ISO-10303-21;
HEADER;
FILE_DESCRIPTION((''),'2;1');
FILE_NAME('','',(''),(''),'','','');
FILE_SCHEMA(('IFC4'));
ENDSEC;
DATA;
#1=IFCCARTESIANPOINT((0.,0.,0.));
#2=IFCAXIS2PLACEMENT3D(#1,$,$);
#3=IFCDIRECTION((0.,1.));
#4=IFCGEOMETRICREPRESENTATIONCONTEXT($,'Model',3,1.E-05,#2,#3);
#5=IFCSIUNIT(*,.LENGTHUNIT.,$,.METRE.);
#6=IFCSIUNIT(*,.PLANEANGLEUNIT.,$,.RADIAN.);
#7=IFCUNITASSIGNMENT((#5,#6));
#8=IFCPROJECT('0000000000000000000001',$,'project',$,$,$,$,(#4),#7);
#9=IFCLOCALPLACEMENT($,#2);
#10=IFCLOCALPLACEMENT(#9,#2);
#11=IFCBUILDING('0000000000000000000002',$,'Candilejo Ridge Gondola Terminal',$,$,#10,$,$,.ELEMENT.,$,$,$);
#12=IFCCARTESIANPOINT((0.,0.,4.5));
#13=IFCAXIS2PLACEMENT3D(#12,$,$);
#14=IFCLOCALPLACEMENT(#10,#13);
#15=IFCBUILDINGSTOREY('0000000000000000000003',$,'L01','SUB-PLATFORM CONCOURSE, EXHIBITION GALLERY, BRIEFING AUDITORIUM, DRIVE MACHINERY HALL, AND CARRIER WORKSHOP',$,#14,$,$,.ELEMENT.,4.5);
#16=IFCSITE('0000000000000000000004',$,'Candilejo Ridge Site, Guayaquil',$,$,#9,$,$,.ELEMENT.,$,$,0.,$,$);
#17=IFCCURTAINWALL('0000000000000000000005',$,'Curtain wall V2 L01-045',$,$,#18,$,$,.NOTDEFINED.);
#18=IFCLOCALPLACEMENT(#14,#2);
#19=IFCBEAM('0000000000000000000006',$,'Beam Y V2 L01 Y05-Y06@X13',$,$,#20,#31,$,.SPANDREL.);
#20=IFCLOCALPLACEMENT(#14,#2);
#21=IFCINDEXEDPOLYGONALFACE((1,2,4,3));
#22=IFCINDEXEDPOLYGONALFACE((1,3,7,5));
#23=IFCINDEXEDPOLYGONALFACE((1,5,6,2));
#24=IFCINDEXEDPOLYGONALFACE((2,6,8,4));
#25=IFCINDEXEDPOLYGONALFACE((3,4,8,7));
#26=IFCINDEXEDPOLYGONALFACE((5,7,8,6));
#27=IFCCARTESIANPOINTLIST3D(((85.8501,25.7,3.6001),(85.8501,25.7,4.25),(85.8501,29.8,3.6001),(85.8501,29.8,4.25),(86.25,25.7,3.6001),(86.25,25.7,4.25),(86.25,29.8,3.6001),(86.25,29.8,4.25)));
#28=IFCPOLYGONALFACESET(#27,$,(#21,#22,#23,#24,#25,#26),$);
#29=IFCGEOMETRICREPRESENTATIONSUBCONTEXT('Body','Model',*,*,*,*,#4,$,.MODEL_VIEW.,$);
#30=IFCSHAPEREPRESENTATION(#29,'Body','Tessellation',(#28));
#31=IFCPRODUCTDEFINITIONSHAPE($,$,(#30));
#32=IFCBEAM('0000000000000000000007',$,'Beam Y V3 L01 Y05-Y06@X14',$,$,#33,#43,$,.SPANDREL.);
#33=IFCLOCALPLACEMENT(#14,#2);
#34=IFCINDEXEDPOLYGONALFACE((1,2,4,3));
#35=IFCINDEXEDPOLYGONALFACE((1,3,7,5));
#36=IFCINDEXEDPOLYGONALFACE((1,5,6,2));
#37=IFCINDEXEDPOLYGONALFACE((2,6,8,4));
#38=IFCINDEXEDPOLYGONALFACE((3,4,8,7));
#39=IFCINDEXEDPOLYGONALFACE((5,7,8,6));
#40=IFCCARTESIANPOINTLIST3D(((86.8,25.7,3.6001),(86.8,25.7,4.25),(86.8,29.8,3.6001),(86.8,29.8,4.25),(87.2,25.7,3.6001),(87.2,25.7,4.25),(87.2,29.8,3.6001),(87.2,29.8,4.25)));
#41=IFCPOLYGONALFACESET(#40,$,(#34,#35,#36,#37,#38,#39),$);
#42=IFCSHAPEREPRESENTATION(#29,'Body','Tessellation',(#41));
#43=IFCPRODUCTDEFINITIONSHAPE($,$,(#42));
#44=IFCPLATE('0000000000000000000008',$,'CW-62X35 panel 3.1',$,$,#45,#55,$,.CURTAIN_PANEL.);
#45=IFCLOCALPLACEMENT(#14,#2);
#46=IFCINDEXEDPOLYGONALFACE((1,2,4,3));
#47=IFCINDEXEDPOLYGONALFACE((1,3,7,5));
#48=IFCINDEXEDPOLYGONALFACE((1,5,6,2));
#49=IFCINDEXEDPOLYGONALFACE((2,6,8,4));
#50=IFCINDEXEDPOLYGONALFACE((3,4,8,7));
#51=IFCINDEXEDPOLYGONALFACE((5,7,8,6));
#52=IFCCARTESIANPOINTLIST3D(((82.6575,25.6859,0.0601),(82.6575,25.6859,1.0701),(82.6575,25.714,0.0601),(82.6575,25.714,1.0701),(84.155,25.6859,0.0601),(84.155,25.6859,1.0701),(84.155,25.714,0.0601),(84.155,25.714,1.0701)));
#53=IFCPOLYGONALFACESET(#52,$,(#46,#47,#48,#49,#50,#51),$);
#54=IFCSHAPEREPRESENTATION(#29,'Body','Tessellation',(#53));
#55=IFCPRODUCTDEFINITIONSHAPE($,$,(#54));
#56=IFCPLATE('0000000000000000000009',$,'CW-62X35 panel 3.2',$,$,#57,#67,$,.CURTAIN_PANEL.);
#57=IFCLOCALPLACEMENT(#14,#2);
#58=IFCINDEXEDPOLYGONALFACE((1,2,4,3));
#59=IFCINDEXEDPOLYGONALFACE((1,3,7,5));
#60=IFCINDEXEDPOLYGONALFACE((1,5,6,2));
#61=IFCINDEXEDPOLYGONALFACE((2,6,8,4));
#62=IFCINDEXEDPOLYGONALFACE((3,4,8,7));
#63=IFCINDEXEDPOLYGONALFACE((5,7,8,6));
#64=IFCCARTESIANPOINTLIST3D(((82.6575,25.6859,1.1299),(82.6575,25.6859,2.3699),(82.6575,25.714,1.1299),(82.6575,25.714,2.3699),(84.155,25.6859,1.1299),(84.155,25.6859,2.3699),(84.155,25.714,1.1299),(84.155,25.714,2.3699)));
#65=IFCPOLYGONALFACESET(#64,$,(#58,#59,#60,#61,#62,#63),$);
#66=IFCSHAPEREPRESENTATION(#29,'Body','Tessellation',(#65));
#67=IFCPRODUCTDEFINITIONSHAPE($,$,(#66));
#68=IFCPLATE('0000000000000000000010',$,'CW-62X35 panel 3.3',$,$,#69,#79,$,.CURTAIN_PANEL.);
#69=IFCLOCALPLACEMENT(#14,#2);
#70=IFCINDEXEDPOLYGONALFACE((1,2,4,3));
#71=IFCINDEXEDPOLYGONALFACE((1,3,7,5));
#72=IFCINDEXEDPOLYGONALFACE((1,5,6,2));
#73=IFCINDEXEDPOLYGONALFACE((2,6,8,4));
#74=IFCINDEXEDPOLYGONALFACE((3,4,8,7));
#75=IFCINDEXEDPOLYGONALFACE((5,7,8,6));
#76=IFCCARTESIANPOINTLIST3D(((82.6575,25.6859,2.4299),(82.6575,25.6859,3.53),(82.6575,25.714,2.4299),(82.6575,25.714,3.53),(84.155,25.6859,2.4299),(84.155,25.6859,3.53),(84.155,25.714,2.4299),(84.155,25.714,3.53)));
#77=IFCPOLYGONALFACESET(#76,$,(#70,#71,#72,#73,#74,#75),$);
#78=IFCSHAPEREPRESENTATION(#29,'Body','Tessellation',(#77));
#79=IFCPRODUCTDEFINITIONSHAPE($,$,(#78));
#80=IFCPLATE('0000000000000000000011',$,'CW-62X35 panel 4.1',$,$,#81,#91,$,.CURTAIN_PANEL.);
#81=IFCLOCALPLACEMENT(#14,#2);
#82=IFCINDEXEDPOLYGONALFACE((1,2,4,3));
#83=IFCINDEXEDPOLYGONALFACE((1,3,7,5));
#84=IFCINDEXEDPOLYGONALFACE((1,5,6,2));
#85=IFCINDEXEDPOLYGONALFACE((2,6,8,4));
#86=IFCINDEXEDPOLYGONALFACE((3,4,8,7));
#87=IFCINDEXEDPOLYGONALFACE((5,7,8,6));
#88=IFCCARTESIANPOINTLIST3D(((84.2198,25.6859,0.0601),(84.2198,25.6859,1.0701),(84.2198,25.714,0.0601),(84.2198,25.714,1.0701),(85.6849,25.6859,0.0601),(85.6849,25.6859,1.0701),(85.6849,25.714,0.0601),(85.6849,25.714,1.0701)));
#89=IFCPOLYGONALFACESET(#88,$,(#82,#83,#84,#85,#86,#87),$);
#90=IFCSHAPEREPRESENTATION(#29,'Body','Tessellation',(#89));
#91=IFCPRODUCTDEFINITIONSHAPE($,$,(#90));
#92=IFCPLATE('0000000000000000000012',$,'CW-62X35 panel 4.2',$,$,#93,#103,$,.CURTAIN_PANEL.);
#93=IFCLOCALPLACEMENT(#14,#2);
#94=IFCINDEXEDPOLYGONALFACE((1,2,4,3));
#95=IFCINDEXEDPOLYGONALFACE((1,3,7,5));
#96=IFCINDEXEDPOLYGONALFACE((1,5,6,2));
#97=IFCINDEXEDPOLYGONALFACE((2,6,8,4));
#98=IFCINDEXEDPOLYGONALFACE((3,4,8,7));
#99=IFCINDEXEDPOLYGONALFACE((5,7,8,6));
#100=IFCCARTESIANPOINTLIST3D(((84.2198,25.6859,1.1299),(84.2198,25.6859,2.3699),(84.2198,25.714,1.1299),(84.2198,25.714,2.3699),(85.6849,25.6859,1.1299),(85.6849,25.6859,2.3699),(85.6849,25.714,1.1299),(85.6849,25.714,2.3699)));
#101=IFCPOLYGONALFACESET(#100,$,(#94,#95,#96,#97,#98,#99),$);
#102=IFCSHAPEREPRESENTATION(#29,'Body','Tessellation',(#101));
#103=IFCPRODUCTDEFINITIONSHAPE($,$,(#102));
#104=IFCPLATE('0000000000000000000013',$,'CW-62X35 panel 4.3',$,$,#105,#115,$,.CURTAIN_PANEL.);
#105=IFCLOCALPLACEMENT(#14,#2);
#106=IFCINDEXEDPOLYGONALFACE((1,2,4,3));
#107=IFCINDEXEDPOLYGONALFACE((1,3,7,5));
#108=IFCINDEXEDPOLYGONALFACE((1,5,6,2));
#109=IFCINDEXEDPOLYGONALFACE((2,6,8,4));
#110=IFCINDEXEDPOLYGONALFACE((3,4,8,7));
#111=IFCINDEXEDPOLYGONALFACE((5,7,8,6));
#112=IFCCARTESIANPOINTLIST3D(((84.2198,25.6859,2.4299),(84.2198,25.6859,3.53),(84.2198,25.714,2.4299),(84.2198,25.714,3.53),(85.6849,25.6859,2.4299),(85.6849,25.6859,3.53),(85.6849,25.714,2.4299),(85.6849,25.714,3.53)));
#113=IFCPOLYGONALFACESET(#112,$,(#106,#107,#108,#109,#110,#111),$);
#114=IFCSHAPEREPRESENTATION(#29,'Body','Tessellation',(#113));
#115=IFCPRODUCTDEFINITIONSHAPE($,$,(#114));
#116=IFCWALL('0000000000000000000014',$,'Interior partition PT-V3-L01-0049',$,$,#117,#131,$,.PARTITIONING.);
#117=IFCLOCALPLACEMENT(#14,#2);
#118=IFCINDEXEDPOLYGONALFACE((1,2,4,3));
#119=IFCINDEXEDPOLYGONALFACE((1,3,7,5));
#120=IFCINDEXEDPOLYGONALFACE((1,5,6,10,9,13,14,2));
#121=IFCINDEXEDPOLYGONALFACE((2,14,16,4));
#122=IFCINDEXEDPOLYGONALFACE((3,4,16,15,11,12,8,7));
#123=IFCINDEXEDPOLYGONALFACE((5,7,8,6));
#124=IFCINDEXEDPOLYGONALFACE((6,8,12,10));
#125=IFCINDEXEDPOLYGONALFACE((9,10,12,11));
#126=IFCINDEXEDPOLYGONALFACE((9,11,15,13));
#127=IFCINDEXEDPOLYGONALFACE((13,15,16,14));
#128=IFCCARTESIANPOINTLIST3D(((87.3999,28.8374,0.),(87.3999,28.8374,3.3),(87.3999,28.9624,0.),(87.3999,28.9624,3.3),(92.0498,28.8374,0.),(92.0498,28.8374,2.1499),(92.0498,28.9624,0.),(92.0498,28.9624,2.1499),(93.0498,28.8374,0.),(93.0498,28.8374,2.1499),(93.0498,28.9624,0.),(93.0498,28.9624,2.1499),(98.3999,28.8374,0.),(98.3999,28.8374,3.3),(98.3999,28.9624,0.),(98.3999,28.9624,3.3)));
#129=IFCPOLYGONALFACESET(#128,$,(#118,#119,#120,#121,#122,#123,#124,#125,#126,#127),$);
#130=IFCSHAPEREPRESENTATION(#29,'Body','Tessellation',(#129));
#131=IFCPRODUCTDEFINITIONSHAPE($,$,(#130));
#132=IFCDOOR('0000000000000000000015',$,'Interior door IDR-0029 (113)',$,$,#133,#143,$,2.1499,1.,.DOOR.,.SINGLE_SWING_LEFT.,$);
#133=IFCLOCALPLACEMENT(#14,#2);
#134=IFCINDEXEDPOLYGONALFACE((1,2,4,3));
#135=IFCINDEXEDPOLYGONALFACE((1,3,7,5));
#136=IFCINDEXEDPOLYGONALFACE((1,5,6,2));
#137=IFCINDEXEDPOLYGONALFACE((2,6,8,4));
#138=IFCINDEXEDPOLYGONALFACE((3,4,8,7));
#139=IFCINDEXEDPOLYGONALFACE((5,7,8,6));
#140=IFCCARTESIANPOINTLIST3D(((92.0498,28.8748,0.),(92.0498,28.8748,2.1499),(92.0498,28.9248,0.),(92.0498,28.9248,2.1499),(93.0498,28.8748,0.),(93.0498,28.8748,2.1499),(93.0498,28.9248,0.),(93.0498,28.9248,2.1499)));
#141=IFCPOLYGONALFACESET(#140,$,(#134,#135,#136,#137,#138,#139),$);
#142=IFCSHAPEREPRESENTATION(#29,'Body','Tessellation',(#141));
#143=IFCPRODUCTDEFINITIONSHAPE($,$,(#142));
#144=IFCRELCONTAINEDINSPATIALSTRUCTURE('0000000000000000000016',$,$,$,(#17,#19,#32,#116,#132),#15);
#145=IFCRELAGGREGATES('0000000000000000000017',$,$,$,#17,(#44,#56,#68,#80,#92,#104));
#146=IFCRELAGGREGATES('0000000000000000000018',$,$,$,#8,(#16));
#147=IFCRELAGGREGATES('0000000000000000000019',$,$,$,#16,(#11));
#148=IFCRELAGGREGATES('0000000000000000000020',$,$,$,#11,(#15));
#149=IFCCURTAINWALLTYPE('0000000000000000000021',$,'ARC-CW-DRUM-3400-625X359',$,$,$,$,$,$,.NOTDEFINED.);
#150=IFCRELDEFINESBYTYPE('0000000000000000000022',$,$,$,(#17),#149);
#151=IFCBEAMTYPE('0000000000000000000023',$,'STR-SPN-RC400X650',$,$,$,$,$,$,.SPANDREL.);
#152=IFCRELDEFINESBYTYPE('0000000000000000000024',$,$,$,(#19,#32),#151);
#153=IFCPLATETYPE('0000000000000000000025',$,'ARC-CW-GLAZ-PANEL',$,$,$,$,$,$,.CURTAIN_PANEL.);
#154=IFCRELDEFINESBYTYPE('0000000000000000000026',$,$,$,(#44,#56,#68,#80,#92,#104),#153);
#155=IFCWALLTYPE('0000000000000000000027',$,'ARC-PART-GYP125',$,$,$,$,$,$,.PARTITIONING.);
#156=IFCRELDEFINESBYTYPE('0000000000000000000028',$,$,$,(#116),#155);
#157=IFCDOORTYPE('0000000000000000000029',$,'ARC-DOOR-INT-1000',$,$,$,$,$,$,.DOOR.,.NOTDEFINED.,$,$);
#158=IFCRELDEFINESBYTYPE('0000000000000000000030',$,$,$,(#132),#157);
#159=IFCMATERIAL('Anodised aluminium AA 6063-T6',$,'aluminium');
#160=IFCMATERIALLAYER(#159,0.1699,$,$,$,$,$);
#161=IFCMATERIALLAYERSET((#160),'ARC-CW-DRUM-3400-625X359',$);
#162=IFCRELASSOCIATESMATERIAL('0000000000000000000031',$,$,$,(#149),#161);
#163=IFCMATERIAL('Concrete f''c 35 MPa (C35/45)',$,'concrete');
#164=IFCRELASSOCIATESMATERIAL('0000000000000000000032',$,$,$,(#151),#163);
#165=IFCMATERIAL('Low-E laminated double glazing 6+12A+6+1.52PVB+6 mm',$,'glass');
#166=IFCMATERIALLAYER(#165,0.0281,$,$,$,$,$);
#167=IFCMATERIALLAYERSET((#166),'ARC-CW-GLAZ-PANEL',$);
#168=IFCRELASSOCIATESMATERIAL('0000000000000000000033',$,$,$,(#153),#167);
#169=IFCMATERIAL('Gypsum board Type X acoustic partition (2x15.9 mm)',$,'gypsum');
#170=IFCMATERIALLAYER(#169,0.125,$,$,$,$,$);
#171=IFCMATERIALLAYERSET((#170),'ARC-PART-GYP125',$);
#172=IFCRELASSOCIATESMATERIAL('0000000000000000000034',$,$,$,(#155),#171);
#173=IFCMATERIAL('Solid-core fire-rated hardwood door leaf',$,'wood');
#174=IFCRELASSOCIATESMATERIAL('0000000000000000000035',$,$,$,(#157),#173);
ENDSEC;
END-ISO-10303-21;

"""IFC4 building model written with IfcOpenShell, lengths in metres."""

from ifc_helpers import new_model, si_unit, direction, frame, frame_2d, origin, origin_2d, place, context, subcontext, project, spatial, rectangle, extrude, material, layer, layer_set, material_profile, profile_set, type_object, element, fill, aggregate, save


model = new_model("IFC4")

# Units and contexts
model_context = context("Model", 3, precision=1e-05, world=origin(), true_north=direction((0.0, 1.0)))
body_context = subcontext(model_context, "Body", "Model", "MODEL_VIEW")
ifc_project = project(units=[si_unit("LENGTHUNIT", "METRE"), si_unit("PLANEANGLEUNIT", "RADIAN")], contexts=[model_context])

# Site, building, storey
site_placement = place(None, origin())
site = spatial("IfcSite", under=ifc_project, at=site_placement, Name="Candilejo Ridge Site, Guayaquil", CompositionType="ELEMENT", RefElevation=0.0)
building_placement = place(site_placement, origin())
building = spatial("IfcBuilding", under=site, at=building_placement, Name="Candilejo Ridge Gondola Terminal", CompositionType="ELEMENT")
storey_placement = place(building_placement, frame((0.0, 0.0, 4.5)))
storey = spatial("IfcBuildingStorey", under=building, at=storey_placement, Name="L01", Description="SUB-PLATFORM CONCOURSE, EXHIBITION GALLERY, BRIEFING AUDITORIUM, DRIVE MACHINERY HALL, AND CARRIER WORKSHOP", CompositionType="ELEMENT", Elevation=4.5)

# Curtain wall
ifc_material_1 = material(Name="Anodised aluminium AA 6063-T6", Category="aluminium")
ifc_layer_1 = layer(ifc_material_1, 0.1699)
ifc_layer_set_1 = layer_set([ifc_layer_1], Name="ARC-CW-DRUM-3400-625X359")
curtain_wall_type = type_object("IfcCurtainWallType", Name="ARC-CW-DRUM-3400-625X359", PredefinedType="NOTDEFINED", material=ifc_layer_set_1)
curtain_wall_placement = place(storey_placement, origin())
curtain_wall = element("IfcCurtainWall", 1, at=curtain_wall_placement, inside=storey, type_object=curtain_wall_type, Name="Curtain wall V2 L01-045", PredefinedType="NOTDEFINED")

# Beams
ifc_material_2 = material(Name="Concrete f'c 35 MPa (C35/45)", Category="concrete")
ifc_material_profile_1 = material_profile(ifc_material_2, rectangle(XDim=0.3999, YDim=0.6499, at=origin_2d()))
ifc_profile_set_1 = profile_set([ifc_material_profile_1], Name="Concrete f'c 35 MPa (C35/45)")
beam_type_1 = type_object("IfcBeamType", Name="STR-SPN-RC400X650", PredefinedType="SPANDREL", material=ifc_profile_set_1)
for number, where, z_axis, x_axis, name in (
    (2, (86.05, 25.7, 3.925), (0.0, 1.0, 0.0), (-1.0, 0.0, 0.0), "Beam Y V2 L01 Y05-Y06@X13"),
    (3, (87.0, 25.7, 3.925), (0.0, 1.0, 0.0), (-1.0, 0.0, 0.0), "Beam Y V3 L01 Y05-Y06@X14"),
):
    element("IfcBeam", number, at=place(storey_placement, frame(where, z_axis=z_axis, x_axis=x_axis)), inside=storey, type_object=beam_type_1, Name=name, PredefinedType="SPANDREL", context=body_context, shape_type="SweptSolid", body=[
        extrude(rectangle(XDim=0.3999, YDim=0.6499, at=origin_2d()), origin(), (0.0, 0.0, 1.0), 4.1001),
    ])

# Plates
ifc_material_3 = material(Name="Low-E laminated double glazing 6+12A+6+1.52PVB+6 mm", Category="glass")
ifc_layer_2 = layer(ifc_material_3, 0.0281)
ifc_layer_set_2 = layer_set([ifc_layer_2], Name="ARC-CW-GLAZ-PANEL")
plate_type = type_object("IfcPlateType", Name="ARC-CW-GLAZ-PANEL", PredefinedType="CURTAIN_PANEL", material=ifc_layer_set_2)
plate_1_placement = place(storey_placement, frame((83.4062, 25.7, 0.0601), z_axis=(0.0, 0.0, 1.0), x_axis=(1.0, 0.0, 0.0)))
plate_1 = element("IfcPlate", 4, at=plate_1_placement, type_object=plate_type, Name="CW-62X35 panel 3.1", PredefinedType="CURTAIN_PANEL", context=body_context, shape_type="SweptSolid", body=[
    extrude(rectangle(XDim=1.4976, YDim=0.0281, at=origin_2d()), origin(), (0.0, 0.0, 1.0), 1.01),
])
plate_2_placement = place(storey_placement, frame((83.4062, 25.7, 1.1299), z_axis=(0.0, 0.0, 1.0), x_axis=(1.0, 0.0, 0.0)))
plate_2 = element("IfcPlate", 5, at=plate_2_placement, type_object=plate_type, Name="CW-62X35 panel 3.2", PredefinedType="CURTAIN_PANEL", context=body_context, shape_type="SweptSolid", body=[
    extrude(rectangle(XDim=1.4976, YDim=0.0281, at=origin_2d()), origin(), (0.0, 0.0, 1.0), 1.24),
])
plate_3_placement = place(storey_placement, frame((83.4062, 25.7, 2.4299), z_axis=(0.0, 0.0, 1.0), x_axis=(1.0, 0.0, 0.0)))
plate_3 = element("IfcPlate", 6, at=plate_3_placement, type_object=plate_type, Name="CW-62X35 panel 3.3", PredefinedType="CURTAIN_PANEL", context=body_context, shape_type="SweptSolid", body=[
    extrude(rectangle(XDim=1.4976, YDim=0.0281, at=origin_2d()), origin(), (0.0, 0.0, 1.0), 1.1001),
])
plate_4_placement = place(storey_placement, frame((84.9524, 25.7, 0.0601), z_axis=(0.0, 0.0, 1.0), x_axis=(1.0, 0.0, 0.0)))
plate_4 = element("IfcPlate", 7, at=plate_4_placement, type_object=plate_type, Name="CW-62X35 panel 4.1", PredefinedType="CURTAIN_PANEL", context=body_context, shape_type="SweptSolid", body=[
    extrude(rectangle(XDim=1.4651, YDim=0.0281, at=origin_2d()), origin(), (0.0, 0.0, 1.0), 1.01),
])
plate_5_placement = place(storey_placement, frame((84.9524, 25.7, 1.1299), z_axis=(0.0, 0.0, 1.0), x_axis=(1.0, 0.0, 0.0)))
plate_5 = element("IfcPlate", 8, at=plate_5_placement, type_object=plate_type, Name="CW-62X35 panel 4.2", PredefinedType="CURTAIN_PANEL", context=body_context, shape_type="SweptSolid", body=[
    extrude(rectangle(XDim=1.4651, YDim=0.0281, at=origin_2d()), origin(), (0.0, 0.0, 1.0), 1.24),
])
plate_6_placement = place(storey_placement, frame((84.9524, 25.7, 2.4299), z_axis=(0.0, 0.0, 1.0), x_axis=(1.0, 0.0, 0.0)))
plate_6 = element("IfcPlate", 9, at=plate_6_placement, type_object=plate_type, Name="CW-62X35 panel 4.3", PredefinedType="CURTAIN_PANEL", context=body_context, shape_type="SweptSolid", body=[
    extrude(rectangle(XDim=1.4651, YDim=0.0281, at=origin_2d()), origin(), (0.0, 0.0, 1.0), 1.1001),
])
aggregate(curtain_wall, [plate_1, plate_2, plate_3, plate_4, plate_5, plate_6])

# Wall, opening, door
ifc_material_4 = material(Name="Gypsum board Type X acoustic partition (2x15.9 mm)", Category="gypsum")
ifc_layer_3 = layer(ifc_material_4, 0.125)
ifc_layer_set_3 = layer_set([ifc_layer_3], Name="ARC-PART-GYP125")
wall_type = type_object("IfcWallType", Name="ARC-PART-GYP125", PredefinedType="PARTITIONING", material=ifc_layer_set_3)
wall_placement = place(storey_placement, frame((87.3999, 28.8999, 0.0), z_axis=(0.0, 0.0, 1.0), x_axis=(1.0, 0.0, 0.0)))
wall = element("IfcWall", 10, at=wall_placement, inside=storey, type_object=wall_type, Name="Interior partition PT-V3-L01-0049", PredefinedType="PARTITIONING", context=body_context, shape_type="SweptSolid", body=[
    extrude(rectangle(XDim=11.0, YDim=0.125, at=frame_2d((5.5, 0.0))), origin(), (0.0, 0.0, 1.0), 3.3),
])
opening_placement = place(wall_placement, frame((4.6499, 0.0, 0.0)))
opening = element("IfcOpeningElement", 11, at=opening_placement, cuts=wall, PredefinedType="OPENING", context=body_context, shape_type="SweptSolid", body=[
    extrude(rectangle(XDim=1.0, YDim=2.1499, at=frame_2d((0.5, 1.075))), frame((0.0, 0.0725, 0.0), z_axis=(0.0, -1.0, 0.0), x_axis=(1.0, 0.0, 0.0)), (0.0, 0.0, 1.0), 0.145),
])
ifc_material_5 = material(Name="Solid-core fire-rated hardwood door leaf", Category="wood")
door_type = type_object("IfcDoorType", Name="ARC-DOOR-INT-1000", OperationType="NOTDEFINED", PredefinedType="DOOR", material=ifc_material_5)
door_placement = place(opening_placement, origin())
door = element("IfcDoor", 12, at=door_placement, inside=storey, type_object=door_type, Name="Interior door IDR-0029 (113)", OperationType="SINGLE_SWING_LEFT", OverallHeight=2.1499, OverallWidth=1.0, PredefinedType="DOOR", context=body_context, shape_type="SweptSolid", body=[
    extrude(rectangle(XDim=1.0, YDim=2.1499, at=frame_2d((0.5, 1.075))), frame((0.0, 0.0249, 0.0), z_axis=(0.0, -1.0, 0.0), x_axis=(1.0, 0.0, 0.0)), (0.0, 0.0, 1.0), 0.05),
])
fill(opening, door)

save(model, "model.ifc")
